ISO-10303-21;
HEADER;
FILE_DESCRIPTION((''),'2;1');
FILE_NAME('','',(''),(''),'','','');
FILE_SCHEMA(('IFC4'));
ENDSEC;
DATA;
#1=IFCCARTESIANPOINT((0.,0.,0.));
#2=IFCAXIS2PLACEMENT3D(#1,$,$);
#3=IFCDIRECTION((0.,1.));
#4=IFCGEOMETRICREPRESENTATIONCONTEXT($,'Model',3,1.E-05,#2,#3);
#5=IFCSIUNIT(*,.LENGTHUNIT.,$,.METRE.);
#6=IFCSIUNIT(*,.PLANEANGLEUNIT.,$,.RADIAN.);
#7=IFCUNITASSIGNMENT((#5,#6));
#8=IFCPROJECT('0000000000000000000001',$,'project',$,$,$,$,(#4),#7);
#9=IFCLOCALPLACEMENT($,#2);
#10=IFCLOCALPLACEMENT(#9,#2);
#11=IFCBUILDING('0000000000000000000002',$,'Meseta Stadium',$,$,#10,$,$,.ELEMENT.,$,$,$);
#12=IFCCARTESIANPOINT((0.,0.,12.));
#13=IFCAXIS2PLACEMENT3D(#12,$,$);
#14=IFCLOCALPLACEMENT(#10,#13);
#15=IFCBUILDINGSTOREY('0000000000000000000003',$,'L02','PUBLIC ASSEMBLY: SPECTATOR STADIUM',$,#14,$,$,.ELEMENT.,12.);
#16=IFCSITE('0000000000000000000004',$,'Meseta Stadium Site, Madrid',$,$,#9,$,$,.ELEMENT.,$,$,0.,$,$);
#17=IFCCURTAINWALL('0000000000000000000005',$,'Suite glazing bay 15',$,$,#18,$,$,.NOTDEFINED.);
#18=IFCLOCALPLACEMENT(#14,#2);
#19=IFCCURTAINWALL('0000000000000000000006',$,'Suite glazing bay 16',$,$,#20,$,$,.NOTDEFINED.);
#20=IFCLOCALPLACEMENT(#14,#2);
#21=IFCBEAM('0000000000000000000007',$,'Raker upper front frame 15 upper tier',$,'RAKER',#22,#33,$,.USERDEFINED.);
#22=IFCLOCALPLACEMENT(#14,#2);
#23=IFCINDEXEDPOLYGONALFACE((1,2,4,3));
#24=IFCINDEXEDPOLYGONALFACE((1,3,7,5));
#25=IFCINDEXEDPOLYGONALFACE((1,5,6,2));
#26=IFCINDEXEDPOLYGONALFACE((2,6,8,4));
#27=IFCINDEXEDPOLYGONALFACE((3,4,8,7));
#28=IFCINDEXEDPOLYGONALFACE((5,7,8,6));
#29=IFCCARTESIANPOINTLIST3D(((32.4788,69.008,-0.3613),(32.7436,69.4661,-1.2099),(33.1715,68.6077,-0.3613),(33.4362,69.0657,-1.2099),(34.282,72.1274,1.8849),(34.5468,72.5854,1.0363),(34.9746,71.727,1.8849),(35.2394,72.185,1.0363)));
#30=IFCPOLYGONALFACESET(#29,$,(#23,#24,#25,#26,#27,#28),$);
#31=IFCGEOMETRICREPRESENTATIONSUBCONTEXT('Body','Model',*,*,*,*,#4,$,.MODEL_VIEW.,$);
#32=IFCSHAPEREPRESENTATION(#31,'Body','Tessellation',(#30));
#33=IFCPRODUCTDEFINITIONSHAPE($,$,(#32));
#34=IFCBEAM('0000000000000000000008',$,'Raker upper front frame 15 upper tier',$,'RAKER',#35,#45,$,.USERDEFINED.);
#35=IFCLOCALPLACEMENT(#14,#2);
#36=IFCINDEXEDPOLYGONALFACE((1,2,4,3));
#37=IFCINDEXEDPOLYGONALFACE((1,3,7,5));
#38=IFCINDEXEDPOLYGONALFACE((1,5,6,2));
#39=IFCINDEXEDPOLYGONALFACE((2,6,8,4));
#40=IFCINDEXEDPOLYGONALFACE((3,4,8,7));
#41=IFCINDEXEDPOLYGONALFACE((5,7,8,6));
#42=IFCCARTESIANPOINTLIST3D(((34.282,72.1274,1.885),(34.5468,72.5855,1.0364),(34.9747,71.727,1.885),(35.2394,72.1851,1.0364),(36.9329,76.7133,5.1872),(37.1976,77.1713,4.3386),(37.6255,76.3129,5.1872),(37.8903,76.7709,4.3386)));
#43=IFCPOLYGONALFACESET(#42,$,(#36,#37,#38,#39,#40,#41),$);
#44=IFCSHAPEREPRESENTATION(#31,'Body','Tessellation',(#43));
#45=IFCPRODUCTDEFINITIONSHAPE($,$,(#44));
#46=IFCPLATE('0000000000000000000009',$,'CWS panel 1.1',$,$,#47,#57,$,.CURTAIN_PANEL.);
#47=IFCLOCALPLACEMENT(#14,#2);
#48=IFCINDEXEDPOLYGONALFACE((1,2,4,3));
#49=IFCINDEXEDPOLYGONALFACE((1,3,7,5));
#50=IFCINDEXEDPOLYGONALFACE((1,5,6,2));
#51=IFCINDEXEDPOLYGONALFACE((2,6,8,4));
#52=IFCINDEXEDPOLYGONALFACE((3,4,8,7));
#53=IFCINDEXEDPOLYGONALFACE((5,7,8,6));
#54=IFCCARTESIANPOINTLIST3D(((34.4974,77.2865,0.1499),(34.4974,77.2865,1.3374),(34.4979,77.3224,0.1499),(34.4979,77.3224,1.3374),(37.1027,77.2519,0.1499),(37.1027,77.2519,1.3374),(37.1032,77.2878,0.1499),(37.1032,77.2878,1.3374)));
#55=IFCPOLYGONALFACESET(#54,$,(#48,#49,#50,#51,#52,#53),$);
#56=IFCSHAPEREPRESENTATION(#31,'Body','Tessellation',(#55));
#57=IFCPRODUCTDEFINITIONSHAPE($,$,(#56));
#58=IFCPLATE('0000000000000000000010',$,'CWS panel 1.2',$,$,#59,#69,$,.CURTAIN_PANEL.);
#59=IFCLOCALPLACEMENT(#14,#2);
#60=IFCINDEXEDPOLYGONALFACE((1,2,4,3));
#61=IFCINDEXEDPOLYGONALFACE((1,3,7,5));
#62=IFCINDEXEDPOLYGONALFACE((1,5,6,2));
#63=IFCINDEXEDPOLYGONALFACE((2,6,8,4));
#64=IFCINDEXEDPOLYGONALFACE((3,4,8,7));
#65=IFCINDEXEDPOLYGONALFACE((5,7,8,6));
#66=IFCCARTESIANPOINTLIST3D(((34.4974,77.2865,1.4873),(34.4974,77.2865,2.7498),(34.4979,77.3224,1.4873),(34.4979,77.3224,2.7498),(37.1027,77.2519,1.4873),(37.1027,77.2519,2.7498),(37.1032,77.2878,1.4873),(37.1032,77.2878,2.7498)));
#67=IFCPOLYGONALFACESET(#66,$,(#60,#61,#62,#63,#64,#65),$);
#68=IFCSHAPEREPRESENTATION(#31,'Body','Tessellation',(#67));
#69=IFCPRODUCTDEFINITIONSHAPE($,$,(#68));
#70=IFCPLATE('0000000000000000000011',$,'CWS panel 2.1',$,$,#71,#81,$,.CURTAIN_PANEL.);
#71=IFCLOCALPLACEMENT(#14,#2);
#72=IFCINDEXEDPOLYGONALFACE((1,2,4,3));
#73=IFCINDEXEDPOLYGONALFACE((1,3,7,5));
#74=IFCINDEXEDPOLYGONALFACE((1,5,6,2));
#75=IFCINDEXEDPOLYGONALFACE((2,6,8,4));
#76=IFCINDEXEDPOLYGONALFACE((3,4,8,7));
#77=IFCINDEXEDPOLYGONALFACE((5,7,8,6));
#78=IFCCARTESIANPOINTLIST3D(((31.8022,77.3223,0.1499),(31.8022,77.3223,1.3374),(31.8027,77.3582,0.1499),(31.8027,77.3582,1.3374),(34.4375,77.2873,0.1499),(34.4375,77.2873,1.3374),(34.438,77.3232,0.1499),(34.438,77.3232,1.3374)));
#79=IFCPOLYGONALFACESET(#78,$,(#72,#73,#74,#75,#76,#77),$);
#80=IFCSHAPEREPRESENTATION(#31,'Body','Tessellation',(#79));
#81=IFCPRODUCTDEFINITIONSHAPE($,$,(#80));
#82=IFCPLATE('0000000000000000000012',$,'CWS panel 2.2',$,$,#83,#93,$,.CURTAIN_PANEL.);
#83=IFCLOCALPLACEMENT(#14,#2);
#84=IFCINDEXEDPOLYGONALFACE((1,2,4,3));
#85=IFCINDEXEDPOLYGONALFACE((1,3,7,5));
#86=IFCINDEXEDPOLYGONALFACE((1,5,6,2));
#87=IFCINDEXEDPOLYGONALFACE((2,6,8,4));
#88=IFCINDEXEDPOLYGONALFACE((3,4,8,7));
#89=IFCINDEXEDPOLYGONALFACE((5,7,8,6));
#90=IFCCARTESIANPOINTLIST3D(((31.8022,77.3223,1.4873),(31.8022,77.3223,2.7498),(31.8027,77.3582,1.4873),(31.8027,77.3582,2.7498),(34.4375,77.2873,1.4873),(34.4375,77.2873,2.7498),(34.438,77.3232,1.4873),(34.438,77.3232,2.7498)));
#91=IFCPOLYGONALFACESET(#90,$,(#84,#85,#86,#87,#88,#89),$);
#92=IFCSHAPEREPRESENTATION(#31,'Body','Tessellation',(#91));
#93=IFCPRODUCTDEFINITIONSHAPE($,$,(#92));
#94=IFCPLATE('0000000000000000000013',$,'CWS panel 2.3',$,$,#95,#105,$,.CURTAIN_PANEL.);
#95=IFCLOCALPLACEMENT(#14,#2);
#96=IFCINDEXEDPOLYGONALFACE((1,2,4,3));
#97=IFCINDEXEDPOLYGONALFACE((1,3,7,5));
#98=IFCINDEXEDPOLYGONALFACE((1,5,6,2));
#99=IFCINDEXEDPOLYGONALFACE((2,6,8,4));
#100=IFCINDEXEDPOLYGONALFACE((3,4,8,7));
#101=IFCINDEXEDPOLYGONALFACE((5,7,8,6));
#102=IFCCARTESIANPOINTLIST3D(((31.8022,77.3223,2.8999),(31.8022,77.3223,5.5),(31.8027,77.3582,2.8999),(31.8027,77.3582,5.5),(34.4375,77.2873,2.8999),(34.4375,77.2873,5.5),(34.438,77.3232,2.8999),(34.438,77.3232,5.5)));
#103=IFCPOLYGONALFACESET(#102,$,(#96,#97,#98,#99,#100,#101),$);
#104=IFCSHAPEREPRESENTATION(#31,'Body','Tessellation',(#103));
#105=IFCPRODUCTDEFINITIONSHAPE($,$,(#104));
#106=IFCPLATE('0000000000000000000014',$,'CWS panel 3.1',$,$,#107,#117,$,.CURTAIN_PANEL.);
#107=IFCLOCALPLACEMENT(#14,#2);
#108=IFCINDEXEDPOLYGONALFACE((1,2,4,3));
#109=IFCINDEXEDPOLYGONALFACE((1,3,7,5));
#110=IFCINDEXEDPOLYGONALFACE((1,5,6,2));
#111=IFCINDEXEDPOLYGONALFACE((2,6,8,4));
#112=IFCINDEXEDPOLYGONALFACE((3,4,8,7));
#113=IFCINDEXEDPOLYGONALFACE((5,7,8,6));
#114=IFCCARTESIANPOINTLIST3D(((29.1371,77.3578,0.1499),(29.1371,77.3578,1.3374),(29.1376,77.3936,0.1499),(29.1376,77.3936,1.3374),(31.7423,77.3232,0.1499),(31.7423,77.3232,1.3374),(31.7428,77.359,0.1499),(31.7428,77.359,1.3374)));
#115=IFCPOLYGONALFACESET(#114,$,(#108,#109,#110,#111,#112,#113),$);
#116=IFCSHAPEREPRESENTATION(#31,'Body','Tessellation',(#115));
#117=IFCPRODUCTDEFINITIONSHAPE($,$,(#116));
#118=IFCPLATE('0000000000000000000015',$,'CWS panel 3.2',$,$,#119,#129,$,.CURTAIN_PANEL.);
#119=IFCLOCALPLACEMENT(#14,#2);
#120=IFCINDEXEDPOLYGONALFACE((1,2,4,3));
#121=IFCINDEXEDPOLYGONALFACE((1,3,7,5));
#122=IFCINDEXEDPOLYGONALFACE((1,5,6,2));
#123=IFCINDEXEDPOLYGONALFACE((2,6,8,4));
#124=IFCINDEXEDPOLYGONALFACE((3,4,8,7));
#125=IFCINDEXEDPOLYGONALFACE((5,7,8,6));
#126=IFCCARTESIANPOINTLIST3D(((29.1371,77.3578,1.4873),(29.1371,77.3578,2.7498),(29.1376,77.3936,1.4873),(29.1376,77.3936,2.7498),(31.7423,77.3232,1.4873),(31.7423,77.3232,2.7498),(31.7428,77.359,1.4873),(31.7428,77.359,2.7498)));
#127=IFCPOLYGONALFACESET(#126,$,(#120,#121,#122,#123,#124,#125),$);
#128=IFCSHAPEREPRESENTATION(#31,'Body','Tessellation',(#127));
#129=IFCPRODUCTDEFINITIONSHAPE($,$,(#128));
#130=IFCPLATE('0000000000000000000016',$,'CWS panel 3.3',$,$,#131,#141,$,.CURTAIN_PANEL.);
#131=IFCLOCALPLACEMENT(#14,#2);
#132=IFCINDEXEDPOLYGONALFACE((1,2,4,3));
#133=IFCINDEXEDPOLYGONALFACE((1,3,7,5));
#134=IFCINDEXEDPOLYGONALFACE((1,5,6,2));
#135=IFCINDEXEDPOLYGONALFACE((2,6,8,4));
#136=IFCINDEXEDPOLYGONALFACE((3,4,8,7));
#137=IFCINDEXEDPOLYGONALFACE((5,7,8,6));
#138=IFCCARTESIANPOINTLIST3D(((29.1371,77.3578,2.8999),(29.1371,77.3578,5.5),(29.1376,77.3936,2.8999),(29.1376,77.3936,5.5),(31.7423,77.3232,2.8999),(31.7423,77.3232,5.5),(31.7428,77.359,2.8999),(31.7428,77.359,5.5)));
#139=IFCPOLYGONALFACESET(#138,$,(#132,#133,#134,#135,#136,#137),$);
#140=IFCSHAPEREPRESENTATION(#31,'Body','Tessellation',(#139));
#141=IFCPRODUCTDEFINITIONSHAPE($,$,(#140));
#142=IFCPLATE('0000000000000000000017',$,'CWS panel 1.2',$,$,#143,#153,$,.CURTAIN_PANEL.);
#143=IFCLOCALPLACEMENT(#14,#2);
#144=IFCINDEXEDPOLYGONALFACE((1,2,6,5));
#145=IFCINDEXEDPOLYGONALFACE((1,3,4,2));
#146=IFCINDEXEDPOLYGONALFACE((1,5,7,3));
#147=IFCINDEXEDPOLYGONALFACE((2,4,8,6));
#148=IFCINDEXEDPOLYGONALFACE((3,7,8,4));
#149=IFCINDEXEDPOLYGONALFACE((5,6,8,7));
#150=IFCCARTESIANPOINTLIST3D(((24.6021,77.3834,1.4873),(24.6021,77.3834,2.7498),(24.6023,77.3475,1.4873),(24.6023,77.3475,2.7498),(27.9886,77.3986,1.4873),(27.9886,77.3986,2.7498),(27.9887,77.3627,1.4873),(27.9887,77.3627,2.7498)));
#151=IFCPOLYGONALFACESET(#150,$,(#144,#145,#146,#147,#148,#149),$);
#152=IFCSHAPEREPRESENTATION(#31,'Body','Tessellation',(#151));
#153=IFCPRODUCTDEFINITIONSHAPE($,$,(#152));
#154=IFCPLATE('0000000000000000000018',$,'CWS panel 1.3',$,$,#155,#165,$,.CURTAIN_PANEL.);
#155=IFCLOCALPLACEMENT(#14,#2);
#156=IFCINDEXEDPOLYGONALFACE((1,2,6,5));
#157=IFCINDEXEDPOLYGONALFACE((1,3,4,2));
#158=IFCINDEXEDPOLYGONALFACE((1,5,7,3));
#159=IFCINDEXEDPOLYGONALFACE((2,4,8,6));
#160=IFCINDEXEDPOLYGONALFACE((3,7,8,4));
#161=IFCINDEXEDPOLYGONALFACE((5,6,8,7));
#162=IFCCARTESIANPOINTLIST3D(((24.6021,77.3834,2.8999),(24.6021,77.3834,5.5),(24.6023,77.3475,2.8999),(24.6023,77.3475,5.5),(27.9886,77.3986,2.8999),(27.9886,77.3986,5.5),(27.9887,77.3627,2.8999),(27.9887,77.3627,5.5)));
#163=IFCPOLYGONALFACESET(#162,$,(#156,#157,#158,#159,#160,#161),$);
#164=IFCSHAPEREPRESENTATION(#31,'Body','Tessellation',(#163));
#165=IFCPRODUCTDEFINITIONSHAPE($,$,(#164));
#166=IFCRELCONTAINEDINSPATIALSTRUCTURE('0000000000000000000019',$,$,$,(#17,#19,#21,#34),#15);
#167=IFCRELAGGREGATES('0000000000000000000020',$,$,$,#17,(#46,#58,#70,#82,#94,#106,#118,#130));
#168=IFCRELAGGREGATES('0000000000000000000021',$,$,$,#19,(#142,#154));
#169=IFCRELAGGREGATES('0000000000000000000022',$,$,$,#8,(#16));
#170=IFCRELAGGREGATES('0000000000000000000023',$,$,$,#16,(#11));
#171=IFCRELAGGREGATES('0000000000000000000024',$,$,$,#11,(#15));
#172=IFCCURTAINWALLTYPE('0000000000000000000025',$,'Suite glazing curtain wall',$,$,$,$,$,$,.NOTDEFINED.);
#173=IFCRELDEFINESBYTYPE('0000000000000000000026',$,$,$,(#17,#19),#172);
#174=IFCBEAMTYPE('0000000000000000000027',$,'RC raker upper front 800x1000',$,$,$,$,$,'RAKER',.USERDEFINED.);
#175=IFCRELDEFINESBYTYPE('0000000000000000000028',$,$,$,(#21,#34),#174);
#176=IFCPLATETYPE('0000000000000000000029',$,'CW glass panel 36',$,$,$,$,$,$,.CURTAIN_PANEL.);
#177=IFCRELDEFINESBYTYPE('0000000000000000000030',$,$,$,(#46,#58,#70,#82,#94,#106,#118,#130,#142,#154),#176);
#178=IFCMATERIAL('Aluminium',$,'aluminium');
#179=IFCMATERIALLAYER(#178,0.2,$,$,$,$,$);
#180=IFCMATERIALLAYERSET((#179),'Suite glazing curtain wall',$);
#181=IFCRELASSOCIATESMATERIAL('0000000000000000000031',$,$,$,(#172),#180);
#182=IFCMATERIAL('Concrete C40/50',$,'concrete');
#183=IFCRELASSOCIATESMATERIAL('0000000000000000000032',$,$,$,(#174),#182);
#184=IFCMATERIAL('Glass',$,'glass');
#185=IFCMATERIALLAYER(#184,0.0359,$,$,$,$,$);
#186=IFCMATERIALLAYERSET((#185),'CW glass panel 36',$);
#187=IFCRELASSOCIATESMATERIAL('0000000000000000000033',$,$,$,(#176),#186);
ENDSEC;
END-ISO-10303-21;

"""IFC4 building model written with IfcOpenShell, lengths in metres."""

from ifc_helpers import new_model, si_unit, direction, frame, origin, origin_2d, place, context, subcontext, project, spatial, rectangle, extrude, material, layer, layer_set, material_profile, profile_set, type_object, element, aggregate, save


model = new_model("IFC4")

# Units and contexts
model_context = context("Model", 3, precision=1e-05, world=origin(), true_north=direction((0.0, 1.0)))
body_context = subcontext(model_context, "Body", "Model", "MODEL_VIEW")
ifc_project = project(units=[si_unit("LENGTHUNIT", "METRE"), si_unit("PLANEANGLEUNIT", "RADIAN")], contexts=[model_context])

# Site, building, storey
site_placement = place(None, origin())
site = spatial("IfcSite", under=ifc_project, at=site_placement, Name="Meseta Stadium Site, Madrid", CompositionType="ELEMENT", RefElevation=0.0)
building_placement = place(site_placement, origin())
building = spatial("IfcBuilding", under=site, at=building_placement, Name="Meseta Stadium", CompositionType="ELEMENT")
storey_placement = place(building_placement, frame((0.0, 0.0, 12.0)))
storey = spatial("IfcBuildingStorey", under=building, at=storey_placement, Name="L02", Description="PUBLIC ASSEMBLY: SPECTATOR STADIUM", CompositionType="ELEMENT", Elevation=12.0)

# Curtain wall
ifc_material_1 = material(Name="Aluminium", Category="aluminium")
ifc_layer_1 = layer(ifc_material_1, 0.2)
ifc_layer_set_1 = layer_set([ifc_layer_1], Name="Suite glazing curtain wall")
curtain_wall_type = type_object("IfcCurtainWallType", Name="Suite glazing curtain wall", PredefinedType="NOTDEFINED", material=ifc_layer_set_1)
curtain_wall_1_placement = place(storey_placement, origin())
curtain_wall_1 = element("IfcCurtainWall", 1, at=curtain_wall_1_placement, inside=storey, type_object=curtain_wall_type, Name="Suite glazing bay 15", PredefinedType="NOTDEFINED")

# Curtain wall
curtain_wall_2_placement = place(storey_placement, origin())
curtain_wall_2 = element("IfcCurtainWall", 2, at=curtain_wall_2_placement, inside=storey, type_object=curtain_wall_type, Name="Suite glazing bay 16", PredefinedType="NOTDEFINED")

# Beams
ifc_material_2 = material(Name="Concrete C40/50", Category="concrete")
ifc_material_profile_1 = material_profile(ifc_material_2, rectangle(XDim=0.8, YDim=1.0, at=origin_2d()), Name="RC 800x1000")
ifc_profile_set_1 = profile_set([ifc_material_profile_1], Name="Concrete C40/50")
beam_type_1 = type_object("IfcBeamType", Name="RC raker upper front 800x1000", ElementType="RAKER", PredefinedType="USERDEFINED", material=ifc_profile_set_1)
beam_1_placement = place(storey_placement, frame((32.9575, 69.0369, -0.7856), z_axis=(0.424691, 0.734671, 0.529053), x_axis=(-0.865755, 0.500467, 0.0)))
element("IfcBeam", 3, at=beam_1_placement, inside=storey, type_object=beam_type_1, Name="Raker upper front frame 15 upper tier", ObjectType="RAKER", PredefinedType="USERDEFINED", context=body_context, shape_type="SweptSolid", body=[
    extrude(rectangle(XDim=0.8, YDim=1.0, at=origin_2d()), origin(), (0.0, 0.0, 1.0), 4.2458),
])
beam_2_placement = place(storey_placement, frame((34.7607, 72.1562, 1.4607), z_axis=(0.424683, 0.734688, 0.529035), x_axis=(-0.865765, 0.500451, 0.0)))
element("IfcBeam", 4, at=beam_2_placement, inside=storey, type_object=beam_type_1, Name="Raker upper front frame 15 upper tier", ObjectType="RAKER", PredefinedType="USERDEFINED", context=body_context, shape_type="SweptSolid", body=[
    extrude(rectangle(XDim=0.8, YDim=1.0, at=origin_2d()), origin(), (0.0, 0.0, 1.0), 6.2419),
])

# Plates
ifc_material_3 = material(Name="Glass", Category="glass")
ifc_layer_2 = layer(ifc_material_3, 0.0359)
ifc_layer_set_2 = layer_set([ifc_layer_2], Name="CW glass panel 36")
plate_type = type_object("IfcPlateType", Name="CW glass panel 36", PredefinedType="CURTAIN_PANEL", material=ifc_layer_set_2)
plate_1_placement = place(storey_placement, frame((35.8003, 77.2871, 0.1499), z_axis=(0.0, 0.0, 1.0), x_axis=(-0.999912, 0.013281, 0.0)))
plate_1 = element("IfcPlate", 5, at=plate_1_placement, type_object=plate_type, Name="CWS panel 1.1", PredefinedType="CURTAIN_PANEL", context=body_context, shape_type="SweptSolid", body=[
    extrude(rectangle(XDim=2.6055, YDim=0.0359, at=origin_2d()), origin(), (0.0, 0.0, 1.0), 1.1875),
])
plate_2_placement = place(storey_placement, frame((35.8003, 77.2871, 1.4873), z_axis=(0.0, 0.0, 1.0), x_axis=(-0.999912, 0.013281, 0.0)))
plate_2 = element("IfcPlate", 6, at=plate_2_placement, type_object=plate_type, Name="CWS panel 1.2", PredefinedType="CURTAIN_PANEL", context=body_context, shape_type="SweptSolid", body=[
    extrude(rectangle(XDim=2.6055, YDim=0.0359, at=origin_2d()), origin(), (0.0, 0.0, 1.0), 1.2625),
])
plate_3_placement = place(storey_placement, frame((33.1201, 77.3228, 0.1499), z_axis=(0.0, 0.0, 1.0), x_axis=(-0.999912, 0.013281, 0.0)))
plate_3 = element("IfcPlate", 7, at=plate_3_placement, type_object=plate_type, Name="CWS panel 2.1", PredefinedType="CURTAIN_PANEL", context=body_context, shape_type="SweptSolid", body=[
    extrude(rectangle(XDim=2.6355, YDim=0.0359, at=origin_2d()), origin(), (0.0, 0.0, 1.0), 1.1875),
])
plate_4_placement = place(storey_placement, frame((33.1201, 77.3228, 1.4873), z_axis=(0.0, 0.0, 1.0), x_axis=(-0.999912, 0.013281, 0.0)))
plate_4 = element("IfcPlate", 8, at=plate_4_placement, type_object=plate_type, Name="CWS panel 2.2", PredefinedType="CURTAIN_PANEL", context=body_context, shape_type="SweptSolid", body=[
    extrude(rectangle(XDim=2.6355, YDim=0.0359, at=origin_2d()), origin(), (0.0, 0.0, 1.0), 1.2625),
])
plate_5_placement = place(storey_placement, frame((33.1201, 77.3228, 2.8999), z_axis=(0.0, 0.0, 1.0), x_axis=(-0.999912, 0.013281, 0.0)))
plate_5 = element("IfcPlate", 9, at=plate_5_placement, type_object=plate_type, Name="CWS panel 2.3", PredefinedType="CURTAIN_PANEL", context=body_context, shape_type="SweptSolid", body=[
    extrude(rectangle(XDim=2.6355, YDim=0.0359, at=origin_2d()), origin(), (0.0, 0.0, 1.0), 2.6001),
])
plate_6_placement = place(storey_placement, frame((30.4399, 77.3584, 0.1499), z_axis=(0.0, 0.0, 1.0), x_axis=(-0.999912, 0.013281, 0.0)))
plate_6 = element("IfcPlate", 10, at=plate_6_placement, type_object=plate_type, Name="CWS panel 3.1", PredefinedType="CURTAIN_PANEL", context=body_context, shape_type="SweptSolid", body=[
    extrude(rectangle(XDim=2.6055, YDim=0.0359, at=origin_2d()), origin(), (0.0, 0.0, 1.0), 1.1875),
])
plate_7_placement = place(storey_placement, frame((30.4399, 77.3584, 1.4873), z_axis=(0.0, 0.0, 1.0), x_axis=(-0.999912, 0.013281, 0.0)))
plate_7 = element("IfcPlate", 11, at=plate_7_placement, type_object=plate_type, Name="CWS panel 3.2", PredefinedType="CURTAIN_PANEL", context=body_context, shape_type="SweptSolid", body=[
    extrude(rectangle(XDim=2.6055, YDim=0.0359, at=origin_2d()), origin(), (0.0, 0.0, 1.0), 1.2625),
])
plate_8_placement = place(storey_placement, frame((30.4399, 77.3584, 2.8999), z_axis=(0.0, 0.0, 1.0), x_axis=(-0.999912, 0.013281, 0.0)))
plate_8 = element("IfcPlate", 12, at=plate_8_placement, type_object=plate_type, Name="CWS panel 3.3", PredefinedType="CURTAIN_PANEL", context=body_context, shape_type="SweptSolid", body=[
    extrude(rectangle(XDim=2.6055, YDim=0.0359, at=origin_2d()), origin(), (0.0, 0.0, 1.0), 2.6001),
])
aggregate(curtain_wall_1, [plate_1, plate_2, plate_3, plate_4, plate_5, plate_6, plate_7, plate_8])
plate_9_placement = place(storey_placement, frame((26.2954, 77.373, 1.4873), z_axis=(0.0, 0.0, 1.0), x_axis=(-0.99999, -0.004469, 0.0)))
plate_9 = element("IfcPlate", 13, at=plate_9_placement, type_object=plate_type, Name="CWS panel 1.2", PredefinedType="CURTAIN_PANEL", context=body_context, shape_type="SweptSolid", body=[
    extrude(rectangle(XDim=3.3865, YDim=0.0359, at=origin_2d()), origin(), (0.0, 0.0, 1.0), 1.2625),
])
plate_10_placement = place(storey_placement, frame((26.2954, 77.373, 2.8999), z_axis=(0.0, 0.0, 1.0), x_axis=(-0.99999, -0.004469, 0.0)))
plate_10 = element("IfcPlate", 14, at=plate_10_placement, type_object=plate_type, Name="CWS panel 1.3", PredefinedType="CURTAIN_PANEL", context=body_context, shape_type="SweptSolid", body=[
    extrude(rectangle(XDim=3.3865, YDim=0.0359, at=origin_2d()), origin(), (0.0, 0.0, 1.0), 2.6001),
])
aggregate(curtain_wall_2, [plate_9, plate_10])

save(model, "model.ifc")
